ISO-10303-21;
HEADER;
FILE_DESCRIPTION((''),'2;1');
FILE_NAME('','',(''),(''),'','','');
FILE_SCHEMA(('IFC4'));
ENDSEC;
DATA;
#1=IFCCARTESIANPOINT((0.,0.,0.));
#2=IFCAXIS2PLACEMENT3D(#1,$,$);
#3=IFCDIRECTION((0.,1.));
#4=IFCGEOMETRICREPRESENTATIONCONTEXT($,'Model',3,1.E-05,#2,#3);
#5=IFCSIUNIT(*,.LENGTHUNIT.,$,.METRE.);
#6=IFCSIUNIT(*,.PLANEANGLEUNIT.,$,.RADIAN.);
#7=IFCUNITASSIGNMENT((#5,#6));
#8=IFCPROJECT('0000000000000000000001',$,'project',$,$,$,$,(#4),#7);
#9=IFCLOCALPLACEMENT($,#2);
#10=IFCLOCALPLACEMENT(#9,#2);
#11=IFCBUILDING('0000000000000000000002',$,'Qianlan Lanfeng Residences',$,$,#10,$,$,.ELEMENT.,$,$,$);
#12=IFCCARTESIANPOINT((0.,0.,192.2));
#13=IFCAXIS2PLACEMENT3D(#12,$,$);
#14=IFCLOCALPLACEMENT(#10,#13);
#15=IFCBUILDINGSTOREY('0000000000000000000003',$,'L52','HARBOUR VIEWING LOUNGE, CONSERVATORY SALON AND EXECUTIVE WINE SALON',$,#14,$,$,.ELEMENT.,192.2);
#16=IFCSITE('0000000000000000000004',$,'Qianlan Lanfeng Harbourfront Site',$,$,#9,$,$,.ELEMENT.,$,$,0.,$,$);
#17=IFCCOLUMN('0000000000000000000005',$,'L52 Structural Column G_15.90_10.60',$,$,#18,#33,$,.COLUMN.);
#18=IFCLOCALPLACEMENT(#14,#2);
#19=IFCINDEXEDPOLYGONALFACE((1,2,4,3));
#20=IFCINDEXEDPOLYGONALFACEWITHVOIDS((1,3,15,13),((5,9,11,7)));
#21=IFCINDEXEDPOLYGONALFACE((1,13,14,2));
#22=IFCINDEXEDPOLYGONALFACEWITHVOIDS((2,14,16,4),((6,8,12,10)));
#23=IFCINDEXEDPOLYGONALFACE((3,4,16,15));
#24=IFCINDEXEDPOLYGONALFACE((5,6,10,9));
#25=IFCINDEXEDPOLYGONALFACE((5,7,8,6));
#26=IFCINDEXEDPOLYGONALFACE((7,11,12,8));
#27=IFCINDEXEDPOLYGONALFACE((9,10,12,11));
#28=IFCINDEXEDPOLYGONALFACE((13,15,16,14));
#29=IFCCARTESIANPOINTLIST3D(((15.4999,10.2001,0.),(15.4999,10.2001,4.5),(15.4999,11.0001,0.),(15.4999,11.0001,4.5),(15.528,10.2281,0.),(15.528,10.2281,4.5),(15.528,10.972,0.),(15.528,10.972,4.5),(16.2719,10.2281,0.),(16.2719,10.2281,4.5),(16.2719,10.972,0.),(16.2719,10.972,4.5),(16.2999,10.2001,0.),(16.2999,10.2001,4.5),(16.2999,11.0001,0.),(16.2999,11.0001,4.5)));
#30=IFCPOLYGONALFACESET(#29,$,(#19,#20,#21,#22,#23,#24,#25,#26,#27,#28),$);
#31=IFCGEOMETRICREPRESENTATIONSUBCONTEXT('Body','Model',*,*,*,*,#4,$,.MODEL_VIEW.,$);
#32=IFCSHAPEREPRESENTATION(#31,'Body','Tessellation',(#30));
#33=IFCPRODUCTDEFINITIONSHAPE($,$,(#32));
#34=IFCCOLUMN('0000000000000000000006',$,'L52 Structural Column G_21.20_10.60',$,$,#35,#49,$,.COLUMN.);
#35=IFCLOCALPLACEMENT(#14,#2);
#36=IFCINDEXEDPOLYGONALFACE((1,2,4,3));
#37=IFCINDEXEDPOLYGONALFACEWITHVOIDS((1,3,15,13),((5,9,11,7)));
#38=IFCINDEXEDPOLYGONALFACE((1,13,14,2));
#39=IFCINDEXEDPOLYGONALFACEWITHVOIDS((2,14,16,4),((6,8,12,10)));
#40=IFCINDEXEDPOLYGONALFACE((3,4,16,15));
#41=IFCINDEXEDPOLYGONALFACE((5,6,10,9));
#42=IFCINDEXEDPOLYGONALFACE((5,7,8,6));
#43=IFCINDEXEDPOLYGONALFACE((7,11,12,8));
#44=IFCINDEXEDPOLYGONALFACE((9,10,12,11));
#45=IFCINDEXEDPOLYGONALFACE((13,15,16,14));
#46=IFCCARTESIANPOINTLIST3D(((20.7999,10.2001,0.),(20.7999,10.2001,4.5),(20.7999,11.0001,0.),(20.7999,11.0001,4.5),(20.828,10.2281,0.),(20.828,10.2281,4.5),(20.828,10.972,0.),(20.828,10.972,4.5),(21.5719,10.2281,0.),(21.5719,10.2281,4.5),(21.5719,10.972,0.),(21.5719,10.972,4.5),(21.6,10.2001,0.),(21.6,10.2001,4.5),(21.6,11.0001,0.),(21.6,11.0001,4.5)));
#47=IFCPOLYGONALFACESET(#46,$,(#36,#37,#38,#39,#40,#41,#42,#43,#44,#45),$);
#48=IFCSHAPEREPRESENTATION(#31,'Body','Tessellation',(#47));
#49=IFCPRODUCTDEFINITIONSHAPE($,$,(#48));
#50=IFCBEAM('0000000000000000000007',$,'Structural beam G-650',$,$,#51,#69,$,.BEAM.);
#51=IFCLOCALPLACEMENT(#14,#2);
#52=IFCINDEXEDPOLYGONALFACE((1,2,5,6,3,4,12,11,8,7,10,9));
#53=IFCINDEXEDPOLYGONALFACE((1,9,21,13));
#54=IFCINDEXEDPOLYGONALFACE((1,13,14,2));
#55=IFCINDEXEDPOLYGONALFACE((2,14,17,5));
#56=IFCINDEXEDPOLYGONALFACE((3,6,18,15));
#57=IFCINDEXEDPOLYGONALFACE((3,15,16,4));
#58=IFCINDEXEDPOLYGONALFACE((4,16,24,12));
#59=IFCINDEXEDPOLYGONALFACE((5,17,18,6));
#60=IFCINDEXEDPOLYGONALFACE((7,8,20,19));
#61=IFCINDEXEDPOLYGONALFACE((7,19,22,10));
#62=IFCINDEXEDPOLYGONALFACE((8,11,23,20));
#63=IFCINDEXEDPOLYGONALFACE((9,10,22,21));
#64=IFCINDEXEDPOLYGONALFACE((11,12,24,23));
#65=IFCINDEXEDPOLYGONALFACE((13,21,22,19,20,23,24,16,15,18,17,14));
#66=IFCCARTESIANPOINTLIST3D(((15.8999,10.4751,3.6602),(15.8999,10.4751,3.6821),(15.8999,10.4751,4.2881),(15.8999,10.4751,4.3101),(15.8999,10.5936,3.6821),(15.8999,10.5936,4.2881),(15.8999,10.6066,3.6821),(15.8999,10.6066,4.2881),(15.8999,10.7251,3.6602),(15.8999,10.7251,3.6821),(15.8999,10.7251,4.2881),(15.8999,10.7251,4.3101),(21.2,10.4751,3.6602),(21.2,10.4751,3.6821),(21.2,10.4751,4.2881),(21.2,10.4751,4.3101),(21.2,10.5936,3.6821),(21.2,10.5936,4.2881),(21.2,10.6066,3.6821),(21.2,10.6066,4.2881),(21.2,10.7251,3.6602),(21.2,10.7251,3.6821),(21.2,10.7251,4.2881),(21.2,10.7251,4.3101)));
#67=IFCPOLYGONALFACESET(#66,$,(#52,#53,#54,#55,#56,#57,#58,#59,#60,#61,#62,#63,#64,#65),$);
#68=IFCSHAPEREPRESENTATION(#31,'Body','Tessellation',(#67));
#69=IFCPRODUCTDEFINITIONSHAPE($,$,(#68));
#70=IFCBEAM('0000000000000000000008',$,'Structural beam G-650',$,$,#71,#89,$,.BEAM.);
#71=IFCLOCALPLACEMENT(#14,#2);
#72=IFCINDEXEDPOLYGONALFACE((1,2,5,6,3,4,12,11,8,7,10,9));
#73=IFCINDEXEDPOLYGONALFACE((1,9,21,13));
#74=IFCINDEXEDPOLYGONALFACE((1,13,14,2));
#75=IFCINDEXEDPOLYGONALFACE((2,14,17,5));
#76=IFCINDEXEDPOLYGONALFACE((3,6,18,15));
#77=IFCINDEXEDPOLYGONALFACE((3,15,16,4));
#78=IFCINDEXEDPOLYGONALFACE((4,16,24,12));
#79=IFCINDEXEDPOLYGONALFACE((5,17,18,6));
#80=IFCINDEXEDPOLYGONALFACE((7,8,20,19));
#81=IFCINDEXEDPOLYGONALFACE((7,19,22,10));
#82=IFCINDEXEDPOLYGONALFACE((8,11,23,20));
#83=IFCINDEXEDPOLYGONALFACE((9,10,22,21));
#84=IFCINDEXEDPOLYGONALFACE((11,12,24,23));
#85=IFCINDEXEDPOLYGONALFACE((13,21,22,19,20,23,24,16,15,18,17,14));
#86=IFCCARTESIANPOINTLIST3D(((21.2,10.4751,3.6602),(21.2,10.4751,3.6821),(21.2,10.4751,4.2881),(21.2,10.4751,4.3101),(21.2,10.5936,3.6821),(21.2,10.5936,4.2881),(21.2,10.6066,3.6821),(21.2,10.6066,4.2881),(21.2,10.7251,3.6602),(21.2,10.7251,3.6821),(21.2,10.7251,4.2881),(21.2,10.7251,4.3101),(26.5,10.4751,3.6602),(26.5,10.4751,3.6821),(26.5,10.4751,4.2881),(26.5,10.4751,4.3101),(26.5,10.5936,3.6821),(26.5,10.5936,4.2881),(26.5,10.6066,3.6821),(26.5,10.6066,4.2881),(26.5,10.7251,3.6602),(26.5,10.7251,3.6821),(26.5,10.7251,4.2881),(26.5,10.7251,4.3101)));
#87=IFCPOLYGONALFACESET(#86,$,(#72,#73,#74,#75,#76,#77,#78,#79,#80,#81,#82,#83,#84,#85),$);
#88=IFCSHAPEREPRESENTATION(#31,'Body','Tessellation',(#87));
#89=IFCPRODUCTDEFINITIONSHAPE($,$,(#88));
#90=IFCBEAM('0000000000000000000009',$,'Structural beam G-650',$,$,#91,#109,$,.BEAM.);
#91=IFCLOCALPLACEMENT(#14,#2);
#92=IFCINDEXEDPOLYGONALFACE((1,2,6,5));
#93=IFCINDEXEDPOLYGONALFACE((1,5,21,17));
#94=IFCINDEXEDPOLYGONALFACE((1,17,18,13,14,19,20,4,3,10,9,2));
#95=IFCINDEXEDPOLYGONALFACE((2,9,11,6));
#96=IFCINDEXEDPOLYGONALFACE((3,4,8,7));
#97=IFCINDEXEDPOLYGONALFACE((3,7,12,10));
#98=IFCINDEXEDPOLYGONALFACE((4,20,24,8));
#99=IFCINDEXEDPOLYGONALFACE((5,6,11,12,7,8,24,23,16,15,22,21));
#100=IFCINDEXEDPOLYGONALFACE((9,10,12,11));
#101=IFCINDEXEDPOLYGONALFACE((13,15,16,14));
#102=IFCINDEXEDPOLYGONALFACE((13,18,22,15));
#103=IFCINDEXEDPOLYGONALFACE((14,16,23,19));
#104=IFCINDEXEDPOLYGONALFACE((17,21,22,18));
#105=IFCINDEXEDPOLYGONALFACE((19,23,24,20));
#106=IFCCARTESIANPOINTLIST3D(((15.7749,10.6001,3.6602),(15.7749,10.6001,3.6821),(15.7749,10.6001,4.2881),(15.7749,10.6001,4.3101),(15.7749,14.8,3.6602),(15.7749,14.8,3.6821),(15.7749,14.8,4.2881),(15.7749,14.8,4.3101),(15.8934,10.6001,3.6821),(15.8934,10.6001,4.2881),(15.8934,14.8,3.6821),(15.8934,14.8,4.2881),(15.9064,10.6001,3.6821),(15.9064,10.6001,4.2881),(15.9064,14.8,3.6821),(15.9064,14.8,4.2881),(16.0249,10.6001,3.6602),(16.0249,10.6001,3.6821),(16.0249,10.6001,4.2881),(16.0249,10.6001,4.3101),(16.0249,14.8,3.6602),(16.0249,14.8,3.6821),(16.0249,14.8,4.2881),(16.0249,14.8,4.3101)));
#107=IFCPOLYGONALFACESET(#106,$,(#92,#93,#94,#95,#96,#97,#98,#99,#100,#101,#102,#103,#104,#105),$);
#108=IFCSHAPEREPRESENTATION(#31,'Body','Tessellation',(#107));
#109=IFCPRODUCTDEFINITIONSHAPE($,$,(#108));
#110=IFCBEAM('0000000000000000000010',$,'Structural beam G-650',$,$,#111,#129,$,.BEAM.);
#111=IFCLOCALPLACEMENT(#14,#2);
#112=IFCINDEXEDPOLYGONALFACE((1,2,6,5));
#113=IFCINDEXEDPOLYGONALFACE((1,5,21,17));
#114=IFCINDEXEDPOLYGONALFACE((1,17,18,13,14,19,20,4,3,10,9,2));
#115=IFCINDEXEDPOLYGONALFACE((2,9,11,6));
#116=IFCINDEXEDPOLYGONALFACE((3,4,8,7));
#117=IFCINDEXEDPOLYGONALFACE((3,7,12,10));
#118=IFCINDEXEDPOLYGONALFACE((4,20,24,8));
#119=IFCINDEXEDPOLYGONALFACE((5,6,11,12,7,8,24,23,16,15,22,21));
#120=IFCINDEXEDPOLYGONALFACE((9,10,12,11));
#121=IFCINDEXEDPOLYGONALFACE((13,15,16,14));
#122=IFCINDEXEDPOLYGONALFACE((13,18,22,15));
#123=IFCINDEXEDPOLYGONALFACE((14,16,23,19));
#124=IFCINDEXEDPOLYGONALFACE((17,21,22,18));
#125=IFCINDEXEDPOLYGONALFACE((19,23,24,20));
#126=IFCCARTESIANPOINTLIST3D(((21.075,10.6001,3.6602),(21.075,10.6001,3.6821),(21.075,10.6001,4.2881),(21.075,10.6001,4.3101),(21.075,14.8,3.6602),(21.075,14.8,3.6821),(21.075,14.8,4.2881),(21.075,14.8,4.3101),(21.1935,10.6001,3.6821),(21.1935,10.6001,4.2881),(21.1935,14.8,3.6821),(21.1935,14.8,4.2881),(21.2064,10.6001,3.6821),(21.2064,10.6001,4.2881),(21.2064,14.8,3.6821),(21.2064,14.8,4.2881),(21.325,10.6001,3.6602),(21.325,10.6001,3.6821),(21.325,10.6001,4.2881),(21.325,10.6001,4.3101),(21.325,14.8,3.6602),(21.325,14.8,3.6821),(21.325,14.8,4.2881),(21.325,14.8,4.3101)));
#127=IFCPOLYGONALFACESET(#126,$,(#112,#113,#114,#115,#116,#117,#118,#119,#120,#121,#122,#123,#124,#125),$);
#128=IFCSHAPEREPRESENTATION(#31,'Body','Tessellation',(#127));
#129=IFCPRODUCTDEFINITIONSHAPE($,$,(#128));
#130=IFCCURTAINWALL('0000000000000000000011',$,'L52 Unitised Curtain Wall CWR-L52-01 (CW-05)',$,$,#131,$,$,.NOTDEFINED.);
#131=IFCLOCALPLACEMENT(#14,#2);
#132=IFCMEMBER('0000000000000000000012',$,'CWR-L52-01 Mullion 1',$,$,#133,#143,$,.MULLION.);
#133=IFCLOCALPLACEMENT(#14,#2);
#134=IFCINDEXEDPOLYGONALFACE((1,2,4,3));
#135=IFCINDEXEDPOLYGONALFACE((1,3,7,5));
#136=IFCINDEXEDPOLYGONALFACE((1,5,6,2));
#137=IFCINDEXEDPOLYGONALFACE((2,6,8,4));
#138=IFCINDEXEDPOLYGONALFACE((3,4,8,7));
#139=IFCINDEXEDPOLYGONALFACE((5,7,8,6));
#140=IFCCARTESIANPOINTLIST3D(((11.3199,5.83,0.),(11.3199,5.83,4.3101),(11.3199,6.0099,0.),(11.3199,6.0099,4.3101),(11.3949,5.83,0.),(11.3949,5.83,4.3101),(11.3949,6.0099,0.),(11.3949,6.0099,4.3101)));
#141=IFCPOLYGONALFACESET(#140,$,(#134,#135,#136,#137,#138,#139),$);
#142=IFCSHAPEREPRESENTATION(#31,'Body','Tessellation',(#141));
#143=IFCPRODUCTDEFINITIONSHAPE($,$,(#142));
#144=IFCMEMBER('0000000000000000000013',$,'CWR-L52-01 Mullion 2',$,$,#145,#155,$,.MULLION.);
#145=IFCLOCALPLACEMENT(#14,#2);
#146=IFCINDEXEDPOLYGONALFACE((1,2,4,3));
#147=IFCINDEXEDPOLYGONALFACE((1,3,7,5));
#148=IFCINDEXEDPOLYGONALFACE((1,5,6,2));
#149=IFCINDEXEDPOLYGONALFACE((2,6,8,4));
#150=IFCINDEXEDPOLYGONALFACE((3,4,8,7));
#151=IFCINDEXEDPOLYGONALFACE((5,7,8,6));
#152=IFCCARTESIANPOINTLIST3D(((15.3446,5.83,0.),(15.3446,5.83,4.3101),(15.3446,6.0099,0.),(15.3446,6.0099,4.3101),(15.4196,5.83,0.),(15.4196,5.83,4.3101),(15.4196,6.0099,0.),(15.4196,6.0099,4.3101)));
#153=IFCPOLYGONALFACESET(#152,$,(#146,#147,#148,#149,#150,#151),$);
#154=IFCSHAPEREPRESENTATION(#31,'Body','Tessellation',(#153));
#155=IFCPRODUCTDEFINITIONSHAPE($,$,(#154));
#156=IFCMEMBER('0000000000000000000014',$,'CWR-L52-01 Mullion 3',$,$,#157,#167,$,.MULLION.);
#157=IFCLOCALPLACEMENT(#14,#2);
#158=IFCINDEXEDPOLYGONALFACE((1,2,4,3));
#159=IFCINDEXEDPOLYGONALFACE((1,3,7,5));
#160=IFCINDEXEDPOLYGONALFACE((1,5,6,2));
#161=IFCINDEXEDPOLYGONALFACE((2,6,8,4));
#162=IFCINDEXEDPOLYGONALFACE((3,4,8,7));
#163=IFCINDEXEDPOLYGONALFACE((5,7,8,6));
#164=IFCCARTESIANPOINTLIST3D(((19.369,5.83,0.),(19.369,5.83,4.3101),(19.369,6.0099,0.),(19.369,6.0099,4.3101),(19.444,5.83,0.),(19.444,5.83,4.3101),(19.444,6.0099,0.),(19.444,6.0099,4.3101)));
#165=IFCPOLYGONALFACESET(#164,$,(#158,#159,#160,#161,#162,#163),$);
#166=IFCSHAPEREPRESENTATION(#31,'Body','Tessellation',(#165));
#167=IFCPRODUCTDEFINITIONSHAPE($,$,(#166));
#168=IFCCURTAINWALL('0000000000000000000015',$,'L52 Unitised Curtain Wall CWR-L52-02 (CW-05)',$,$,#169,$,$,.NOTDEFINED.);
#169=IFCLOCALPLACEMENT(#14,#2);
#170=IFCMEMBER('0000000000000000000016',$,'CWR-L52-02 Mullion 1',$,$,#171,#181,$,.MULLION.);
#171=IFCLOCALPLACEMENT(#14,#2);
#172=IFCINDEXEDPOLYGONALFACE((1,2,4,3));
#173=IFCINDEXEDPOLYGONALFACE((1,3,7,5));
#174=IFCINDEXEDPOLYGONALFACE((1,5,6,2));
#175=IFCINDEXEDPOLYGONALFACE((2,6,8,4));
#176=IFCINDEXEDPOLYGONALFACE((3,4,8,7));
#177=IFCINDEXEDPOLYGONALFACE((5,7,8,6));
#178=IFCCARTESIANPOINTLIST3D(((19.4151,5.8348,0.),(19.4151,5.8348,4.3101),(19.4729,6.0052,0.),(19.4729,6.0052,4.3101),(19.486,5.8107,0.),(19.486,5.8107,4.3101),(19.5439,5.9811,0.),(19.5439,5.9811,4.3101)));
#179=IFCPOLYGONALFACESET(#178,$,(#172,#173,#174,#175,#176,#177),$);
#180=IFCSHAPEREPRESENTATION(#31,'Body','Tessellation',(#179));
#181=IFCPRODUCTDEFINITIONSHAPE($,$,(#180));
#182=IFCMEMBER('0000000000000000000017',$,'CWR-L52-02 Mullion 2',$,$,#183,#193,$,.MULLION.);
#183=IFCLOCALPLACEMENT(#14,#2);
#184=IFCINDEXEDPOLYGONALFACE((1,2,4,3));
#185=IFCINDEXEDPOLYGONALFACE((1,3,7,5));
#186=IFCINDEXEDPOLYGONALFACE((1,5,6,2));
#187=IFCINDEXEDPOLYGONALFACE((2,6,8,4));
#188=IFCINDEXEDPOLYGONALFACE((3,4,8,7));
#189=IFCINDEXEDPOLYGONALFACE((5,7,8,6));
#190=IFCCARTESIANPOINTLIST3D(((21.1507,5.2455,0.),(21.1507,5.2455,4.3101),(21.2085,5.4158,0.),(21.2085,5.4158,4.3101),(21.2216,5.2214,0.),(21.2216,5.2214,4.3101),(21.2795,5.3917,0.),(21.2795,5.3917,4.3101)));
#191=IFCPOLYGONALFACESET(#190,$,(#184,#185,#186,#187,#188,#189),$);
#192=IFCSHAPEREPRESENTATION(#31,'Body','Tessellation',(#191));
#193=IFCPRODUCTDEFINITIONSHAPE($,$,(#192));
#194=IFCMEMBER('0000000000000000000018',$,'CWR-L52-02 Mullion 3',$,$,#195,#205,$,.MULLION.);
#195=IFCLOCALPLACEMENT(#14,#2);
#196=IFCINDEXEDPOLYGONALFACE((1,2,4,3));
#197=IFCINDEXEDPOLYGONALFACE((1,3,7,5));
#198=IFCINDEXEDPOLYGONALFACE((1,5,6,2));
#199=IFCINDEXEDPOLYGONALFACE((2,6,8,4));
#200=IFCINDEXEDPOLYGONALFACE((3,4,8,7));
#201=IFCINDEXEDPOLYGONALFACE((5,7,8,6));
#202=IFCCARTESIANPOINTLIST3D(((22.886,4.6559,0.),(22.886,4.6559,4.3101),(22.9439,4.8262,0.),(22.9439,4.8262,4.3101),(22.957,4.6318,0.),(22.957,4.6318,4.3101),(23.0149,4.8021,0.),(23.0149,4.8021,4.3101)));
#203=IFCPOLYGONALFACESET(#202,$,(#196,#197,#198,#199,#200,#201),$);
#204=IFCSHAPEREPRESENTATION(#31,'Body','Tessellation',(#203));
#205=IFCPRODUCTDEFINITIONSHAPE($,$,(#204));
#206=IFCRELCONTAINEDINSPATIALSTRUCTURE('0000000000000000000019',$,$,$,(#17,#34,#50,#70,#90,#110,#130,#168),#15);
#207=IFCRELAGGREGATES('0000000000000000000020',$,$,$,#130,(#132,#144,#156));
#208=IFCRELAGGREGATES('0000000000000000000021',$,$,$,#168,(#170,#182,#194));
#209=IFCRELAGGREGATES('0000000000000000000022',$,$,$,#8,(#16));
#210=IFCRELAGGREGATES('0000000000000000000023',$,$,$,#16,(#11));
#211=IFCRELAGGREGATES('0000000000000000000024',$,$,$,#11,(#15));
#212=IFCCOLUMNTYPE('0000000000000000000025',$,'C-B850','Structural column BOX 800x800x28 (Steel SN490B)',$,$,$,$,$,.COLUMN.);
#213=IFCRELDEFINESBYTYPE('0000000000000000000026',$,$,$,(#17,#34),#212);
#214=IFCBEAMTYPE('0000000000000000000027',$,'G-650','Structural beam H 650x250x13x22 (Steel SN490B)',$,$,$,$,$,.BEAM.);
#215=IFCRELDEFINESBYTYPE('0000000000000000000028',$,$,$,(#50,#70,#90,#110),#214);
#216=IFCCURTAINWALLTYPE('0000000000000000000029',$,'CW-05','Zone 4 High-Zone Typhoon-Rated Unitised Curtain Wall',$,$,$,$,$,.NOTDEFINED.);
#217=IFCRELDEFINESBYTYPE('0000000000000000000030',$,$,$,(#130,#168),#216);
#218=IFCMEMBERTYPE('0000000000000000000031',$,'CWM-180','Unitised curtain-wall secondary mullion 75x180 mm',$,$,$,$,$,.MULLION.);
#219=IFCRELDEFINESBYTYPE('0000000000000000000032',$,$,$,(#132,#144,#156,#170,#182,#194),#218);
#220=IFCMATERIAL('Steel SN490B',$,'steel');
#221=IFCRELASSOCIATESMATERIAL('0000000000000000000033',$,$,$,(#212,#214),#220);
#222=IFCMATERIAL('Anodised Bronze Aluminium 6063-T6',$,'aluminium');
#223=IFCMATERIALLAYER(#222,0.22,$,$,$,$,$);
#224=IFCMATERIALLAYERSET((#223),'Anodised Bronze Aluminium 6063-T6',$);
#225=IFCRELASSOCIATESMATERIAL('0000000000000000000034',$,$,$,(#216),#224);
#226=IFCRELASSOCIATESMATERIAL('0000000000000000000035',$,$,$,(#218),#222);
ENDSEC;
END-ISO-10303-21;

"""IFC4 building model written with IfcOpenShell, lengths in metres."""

from ifc_helpers import new_model, si_unit, direction, frame, origin, origin_2d, place, context, subcontext, project, spatial, rectangle, hollow_rectangle, i_section, extrude, source, transform, mapped, material, layer, layer_set, material_profile, profile_set, type_object, element, aggregate, save


model = new_model("IFC4")

# Units and contexts
model_context = context("Model", 3, precision=1e-05, world=origin(), true_north=direction((0.0, 1.0)))
body_context = subcontext(model_context, "Body", "Model", "MODEL_VIEW")
ifc_project = project(units=[si_unit("LENGTHUNIT", "METRE"), si_unit("PLANEANGLEUNIT", "RADIAN")], contexts=[model_context])

# Site, building, storey
site_placement = place(None, origin())
site = spatial("IfcSite", under=ifc_project, at=site_placement, Name="Qianlan Lanfeng Harbourfront Site", CompositionType="ELEMENT", RefElevation=0.0)
building_placement = place(site_placement, origin())
building = spatial("IfcBuilding", under=site, at=building_placement, Name="Qianlan Lanfeng Residences", CompositionType="ELEMENT")
storey_placement = place(building_placement, frame((0.0, 0.0, 192.2)))
storey = spatial("IfcBuildingStorey", under=building, at=storey_placement, Name="L52", Description="HARBOUR VIEWING LOUNGE, CONSERVATORY SALON AND EXECUTIVE WINE SALON", CompositionType="ELEMENT", Elevation=192.2)

# Columns
ifc_material_1 = material(Name="Steel SN490B", Category="steel")
ifc_material_profile_1 = material_profile(ifc_material_1, hollow_rectangle(XDim=0.8, YDim=0.8, WallThickness=0.0281, at=origin_2d()), Name="BOX 800x800x28")
ifc_profile_set_1 = profile_set([ifc_material_profile_1], Name="Steel SN490B")
column_type = type_object("IfcColumnType", Name="C-B850", Description="Structural column BOX 800x800x28 (Steel SN490B)", PredefinedType="COLUMN", material=ifc_profile_set_1)
for number, where, z_axis, x_axis, name in (
    (1, (15.8999, 10.6001, 0.0), (0.0, 0.0, 1.0), (1.0, 0.0, 0.0), "L52 Structural Column G_15.90_10.60"),
    (2, (21.2, 10.6001, 0.0), (0.0, 0.0, 1.0), (1.0, 0.0, 0.0), "L52 Structural Column G_21.20_10.60"),
):
    element("IfcColumn", number, at=place(storey_placement, frame(where, z_axis=z_axis, x_axis=x_axis)), inside=storey, type_object=column_type, Name=name, PredefinedType="COLUMN", context=body_context, shape_type="SweptSolid", body=[
        extrude(hollow_rectangle(XDim=0.8, YDim=0.8, WallThickness=0.0281, at=origin_2d()), origin(), (0.0, 0.0, 1.0), 4.5),
    ])

# Beams
ifc_material_profile_2 = material_profile(ifc_material_1, i_section(OverallWidth=0.25, OverallDepth=0.6499, WebThickness=0.0129, FlangeThickness=0.022, at=origin_2d()), Name="H 650x250x13x22")
ifc_profile_set_2 = profile_set([ifc_material_profile_2], Name="Steel SN490B")
beam_type = type_object("IfcBeamType", Name="G-650", Description="Structural beam H 650x250x13x22 (Steel SN490B)", PredefinedType="BEAM", material=ifc_profile_set_2)
for number, where, z_axis, x_axis, name in (
    (3, (15.8999, 10.6001, 3.9851), (1.0, 0.0, 0.0), (0.0, 1.0, 0.0), "Structural beam G-650"),
    (4, (21.2, 10.6001, 3.9851), (1.0, 0.0, 0.0), (0.0, 1.0, 0.0), "Structural beam G-650"),
):
    element("IfcBeam", number, at=place(storey_placement, frame(where, z_axis=z_axis, x_axis=x_axis)), inside=storey, type_object=beam_type, Name=name, PredefinedType="BEAM", context=body_context, shape_type="SweptSolid", body=[
        extrude(i_section(OverallWidth=0.25, OverallDepth=0.6499, WebThickness=0.0129, FlangeThickness=0.022, at=origin_2d()), origin(), (0.0, 0.0, 1.0), 5.3),
    ])
for number, where, z_axis, x_axis, name in (
    (5, (15.8999, 10.6001, 3.9851), (0.0, 1.0, 0.0), (-1.0, 0.0, 0.0), "Structural beam G-650"),
    (6, (21.2, 10.6001, 3.9851), (0.0, 1.0, 0.0), (-1.0, 0.0, 0.0), "Structural beam G-650"),
):
    element("IfcBeam", number, at=place(storey_placement, frame(where, z_axis=z_axis, x_axis=x_axis)), inside=storey, type_object=beam_type, Name=name, PredefinedType="BEAM", context=body_context, shape_type="SweptSolid", body=[
        extrude(i_section(OverallWidth=0.25, OverallDepth=0.6499, WebThickness=0.0129, FlangeThickness=0.022, at=origin_2d()), origin(), (0.0, 0.0, 1.0), 4.2),
    ])

# Curtain walls, members
ifc_material_2 = material(Name="Anodised Bronze Aluminium 6063-T6", Category="aluminium")
ifc_layer_1 = layer(ifc_material_2, 0.22)
ifc_layer_set_1 = layer_set([ifc_layer_1], Name="Anodised Bronze Aluminium 6063-T6")
curtain_wall_type = type_object("IfcCurtainWallType", Name="CW-05", Description="Zone 4 High-Zone Typhoon-Rated Unitised Curtain Wall", PredefinedType="NOTDEFINED", material=ifc_layer_set_1)
curtain_wall_1_placement = place(storey_placement, origin())
curtain_wall_1 = element("IfcCurtainWall", 7, at=curtain_wall_1_placement, inside=storey, type_object=curtain_wall_type, Name="L52 Unitised Curtain Wall CWR-L52-01 (CW-05)", PredefinedType="NOTDEFINED")
ifc_material_profile_3 = material_profile(ifc_material_2, rectangle(XDim=0.075, YDim=0.1799, at=origin_2d()), Name="ALU MULLION 75x180")
ifc_profile_set_3 = profile_set([ifc_material_profile_3], Name="Anodised Bronze Aluminium 6063-T6")
member_type_1 = type_object("IfcMemberType", Name="CWM-180", Description="Unitised curtain-wall secondary mullion 75x180 mm", PredefinedType="MULLION", material=ifc_profile_set_3)
shared_shape_1 = source(origin(), body_context, "Body", "SweptSolid", [
    extrude(rectangle(XDim=0.075, YDim=0.1799, at=origin_2d()), origin(), (0.0, 0.0, 1.0), 4.3101),
])
member_1_placement = place(storey_placement, frame((11.3574, 5.9199, 0.0), z_axis=(0.0, 0.0, 1.0), x_axis=(1.0, 0.0, 0.0)))
member_1 = element("IfcMember", 8, at=member_1_placement, type_object=member_type_1, Name="CWR-L52-01 Mullion 1", PredefinedType="MULLION", context=body_context, shape_type="MappedRepresentation", body=[
    mapped(shared_shape_1, transform((0.0, 0.0, 0.0), scale=1.0)),
])
member_2_placement = place(storey_placement, frame((15.3821, 5.9199, 0.0), z_axis=(0.0, 0.0, 1.0), x_axis=(1.0, 0.0, 0.0)))
member_2 = element("IfcMember", 9, at=member_2_placement, type_object=member_type_1, Name="CWR-L52-01 Mullion 2", PredefinedType="MULLION", context=body_context, shape_type="MappedRepresentation", body=[
    mapped(shared_shape_1, transform((0.0, 0.0, 0.0), scale=1.0)),
])
member_3_placement = place(storey_placement, frame((19.4065, 5.9199, 0.0), z_axis=(0.0, 0.0, 1.0), x_axis=(1.0, 0.0, 0.0)))
member_3 = element("IfcMember", 10, at=member_3_placement, type_object=member_type_1, Name="CWR-L52-01 Mullion 3", PredefinedType="MULLION", context=body_context, shape_type="MappedRepresentation", body=[
    mapped(shared_shape_1, transform((0.0, 0.0, 0.0), scale=1.0)),
])
curtain_wall_2_placement = place(storey_placement, origin())
curtain_wall_2 = element("IfcCurtainWall", 11, at=curtain_wall_2_placement, inside=storey, type_object=curtain_wall_type, Name="L52 Unitised Curtain Wall CWR-L52-02 (CW-05)", PredefinedType="NOTDEFINED")
member_4_placement = place(storey_placement, frame((19.4795, 5.908, 0.0), z_axis=(0.0, 0.0, 1.0), x_axis=(0.946877, -0.321596, 0.0)))
member_4 = element("IfcMember", 12, at=member_4_placement, type_object=member_type_1, Name="CWR-L52-02 Mullion 1", PredefinedType="MULLION", context=body_context, shape_type="MappedRepresentation", body=[
    mapped(shared_shape_1, transform((0.0, 0.0, 0.0), scale=1.0)),
])
member_5_placement = place(storey_placement, frame((21.2151, 5.3186, 0.0), z_axis=(0.0, 0.0, 1.0), x_axis=(0.946877, -0.321596, 0.0)))
member_5 = element("IfcMember", 13, at=member_5_placement, type_object=member_type_1, Name="CWR-L52-02 Mullion 2", PredefinedType="MULLION", context=body_context, shape_type="MappedRepresentation", body=[
    mapped(shared_shape_1, transform((0.0, 0.0, 0.0), scale=1.0)),
])
member_6_placement = place(storey_placement, frame((22.9504, 4.729, 0.0), z_axis=(0.0, 0.0, 1.0), x_axis=(0.946877, -0.321596, 0.0)))
member_6 = element("IfcMember", 14, at=member_6_placement, type_object=member_type_1, Name="CWR-L52-02 Mullion 3", PredefinedType="MULLION", context=body_context, shape_type="MappedRepresentation", body=[
    mapped(shared_shape_1, transform((0.0, 0.0, 0.0), scale=1.0)),
])

aggregate(curtain_wall_1, [member_1, member_2, member_3])
aggregate(curtain_wall_2, [member_4, member_5, member_6])

save(model, "model.ifc")
